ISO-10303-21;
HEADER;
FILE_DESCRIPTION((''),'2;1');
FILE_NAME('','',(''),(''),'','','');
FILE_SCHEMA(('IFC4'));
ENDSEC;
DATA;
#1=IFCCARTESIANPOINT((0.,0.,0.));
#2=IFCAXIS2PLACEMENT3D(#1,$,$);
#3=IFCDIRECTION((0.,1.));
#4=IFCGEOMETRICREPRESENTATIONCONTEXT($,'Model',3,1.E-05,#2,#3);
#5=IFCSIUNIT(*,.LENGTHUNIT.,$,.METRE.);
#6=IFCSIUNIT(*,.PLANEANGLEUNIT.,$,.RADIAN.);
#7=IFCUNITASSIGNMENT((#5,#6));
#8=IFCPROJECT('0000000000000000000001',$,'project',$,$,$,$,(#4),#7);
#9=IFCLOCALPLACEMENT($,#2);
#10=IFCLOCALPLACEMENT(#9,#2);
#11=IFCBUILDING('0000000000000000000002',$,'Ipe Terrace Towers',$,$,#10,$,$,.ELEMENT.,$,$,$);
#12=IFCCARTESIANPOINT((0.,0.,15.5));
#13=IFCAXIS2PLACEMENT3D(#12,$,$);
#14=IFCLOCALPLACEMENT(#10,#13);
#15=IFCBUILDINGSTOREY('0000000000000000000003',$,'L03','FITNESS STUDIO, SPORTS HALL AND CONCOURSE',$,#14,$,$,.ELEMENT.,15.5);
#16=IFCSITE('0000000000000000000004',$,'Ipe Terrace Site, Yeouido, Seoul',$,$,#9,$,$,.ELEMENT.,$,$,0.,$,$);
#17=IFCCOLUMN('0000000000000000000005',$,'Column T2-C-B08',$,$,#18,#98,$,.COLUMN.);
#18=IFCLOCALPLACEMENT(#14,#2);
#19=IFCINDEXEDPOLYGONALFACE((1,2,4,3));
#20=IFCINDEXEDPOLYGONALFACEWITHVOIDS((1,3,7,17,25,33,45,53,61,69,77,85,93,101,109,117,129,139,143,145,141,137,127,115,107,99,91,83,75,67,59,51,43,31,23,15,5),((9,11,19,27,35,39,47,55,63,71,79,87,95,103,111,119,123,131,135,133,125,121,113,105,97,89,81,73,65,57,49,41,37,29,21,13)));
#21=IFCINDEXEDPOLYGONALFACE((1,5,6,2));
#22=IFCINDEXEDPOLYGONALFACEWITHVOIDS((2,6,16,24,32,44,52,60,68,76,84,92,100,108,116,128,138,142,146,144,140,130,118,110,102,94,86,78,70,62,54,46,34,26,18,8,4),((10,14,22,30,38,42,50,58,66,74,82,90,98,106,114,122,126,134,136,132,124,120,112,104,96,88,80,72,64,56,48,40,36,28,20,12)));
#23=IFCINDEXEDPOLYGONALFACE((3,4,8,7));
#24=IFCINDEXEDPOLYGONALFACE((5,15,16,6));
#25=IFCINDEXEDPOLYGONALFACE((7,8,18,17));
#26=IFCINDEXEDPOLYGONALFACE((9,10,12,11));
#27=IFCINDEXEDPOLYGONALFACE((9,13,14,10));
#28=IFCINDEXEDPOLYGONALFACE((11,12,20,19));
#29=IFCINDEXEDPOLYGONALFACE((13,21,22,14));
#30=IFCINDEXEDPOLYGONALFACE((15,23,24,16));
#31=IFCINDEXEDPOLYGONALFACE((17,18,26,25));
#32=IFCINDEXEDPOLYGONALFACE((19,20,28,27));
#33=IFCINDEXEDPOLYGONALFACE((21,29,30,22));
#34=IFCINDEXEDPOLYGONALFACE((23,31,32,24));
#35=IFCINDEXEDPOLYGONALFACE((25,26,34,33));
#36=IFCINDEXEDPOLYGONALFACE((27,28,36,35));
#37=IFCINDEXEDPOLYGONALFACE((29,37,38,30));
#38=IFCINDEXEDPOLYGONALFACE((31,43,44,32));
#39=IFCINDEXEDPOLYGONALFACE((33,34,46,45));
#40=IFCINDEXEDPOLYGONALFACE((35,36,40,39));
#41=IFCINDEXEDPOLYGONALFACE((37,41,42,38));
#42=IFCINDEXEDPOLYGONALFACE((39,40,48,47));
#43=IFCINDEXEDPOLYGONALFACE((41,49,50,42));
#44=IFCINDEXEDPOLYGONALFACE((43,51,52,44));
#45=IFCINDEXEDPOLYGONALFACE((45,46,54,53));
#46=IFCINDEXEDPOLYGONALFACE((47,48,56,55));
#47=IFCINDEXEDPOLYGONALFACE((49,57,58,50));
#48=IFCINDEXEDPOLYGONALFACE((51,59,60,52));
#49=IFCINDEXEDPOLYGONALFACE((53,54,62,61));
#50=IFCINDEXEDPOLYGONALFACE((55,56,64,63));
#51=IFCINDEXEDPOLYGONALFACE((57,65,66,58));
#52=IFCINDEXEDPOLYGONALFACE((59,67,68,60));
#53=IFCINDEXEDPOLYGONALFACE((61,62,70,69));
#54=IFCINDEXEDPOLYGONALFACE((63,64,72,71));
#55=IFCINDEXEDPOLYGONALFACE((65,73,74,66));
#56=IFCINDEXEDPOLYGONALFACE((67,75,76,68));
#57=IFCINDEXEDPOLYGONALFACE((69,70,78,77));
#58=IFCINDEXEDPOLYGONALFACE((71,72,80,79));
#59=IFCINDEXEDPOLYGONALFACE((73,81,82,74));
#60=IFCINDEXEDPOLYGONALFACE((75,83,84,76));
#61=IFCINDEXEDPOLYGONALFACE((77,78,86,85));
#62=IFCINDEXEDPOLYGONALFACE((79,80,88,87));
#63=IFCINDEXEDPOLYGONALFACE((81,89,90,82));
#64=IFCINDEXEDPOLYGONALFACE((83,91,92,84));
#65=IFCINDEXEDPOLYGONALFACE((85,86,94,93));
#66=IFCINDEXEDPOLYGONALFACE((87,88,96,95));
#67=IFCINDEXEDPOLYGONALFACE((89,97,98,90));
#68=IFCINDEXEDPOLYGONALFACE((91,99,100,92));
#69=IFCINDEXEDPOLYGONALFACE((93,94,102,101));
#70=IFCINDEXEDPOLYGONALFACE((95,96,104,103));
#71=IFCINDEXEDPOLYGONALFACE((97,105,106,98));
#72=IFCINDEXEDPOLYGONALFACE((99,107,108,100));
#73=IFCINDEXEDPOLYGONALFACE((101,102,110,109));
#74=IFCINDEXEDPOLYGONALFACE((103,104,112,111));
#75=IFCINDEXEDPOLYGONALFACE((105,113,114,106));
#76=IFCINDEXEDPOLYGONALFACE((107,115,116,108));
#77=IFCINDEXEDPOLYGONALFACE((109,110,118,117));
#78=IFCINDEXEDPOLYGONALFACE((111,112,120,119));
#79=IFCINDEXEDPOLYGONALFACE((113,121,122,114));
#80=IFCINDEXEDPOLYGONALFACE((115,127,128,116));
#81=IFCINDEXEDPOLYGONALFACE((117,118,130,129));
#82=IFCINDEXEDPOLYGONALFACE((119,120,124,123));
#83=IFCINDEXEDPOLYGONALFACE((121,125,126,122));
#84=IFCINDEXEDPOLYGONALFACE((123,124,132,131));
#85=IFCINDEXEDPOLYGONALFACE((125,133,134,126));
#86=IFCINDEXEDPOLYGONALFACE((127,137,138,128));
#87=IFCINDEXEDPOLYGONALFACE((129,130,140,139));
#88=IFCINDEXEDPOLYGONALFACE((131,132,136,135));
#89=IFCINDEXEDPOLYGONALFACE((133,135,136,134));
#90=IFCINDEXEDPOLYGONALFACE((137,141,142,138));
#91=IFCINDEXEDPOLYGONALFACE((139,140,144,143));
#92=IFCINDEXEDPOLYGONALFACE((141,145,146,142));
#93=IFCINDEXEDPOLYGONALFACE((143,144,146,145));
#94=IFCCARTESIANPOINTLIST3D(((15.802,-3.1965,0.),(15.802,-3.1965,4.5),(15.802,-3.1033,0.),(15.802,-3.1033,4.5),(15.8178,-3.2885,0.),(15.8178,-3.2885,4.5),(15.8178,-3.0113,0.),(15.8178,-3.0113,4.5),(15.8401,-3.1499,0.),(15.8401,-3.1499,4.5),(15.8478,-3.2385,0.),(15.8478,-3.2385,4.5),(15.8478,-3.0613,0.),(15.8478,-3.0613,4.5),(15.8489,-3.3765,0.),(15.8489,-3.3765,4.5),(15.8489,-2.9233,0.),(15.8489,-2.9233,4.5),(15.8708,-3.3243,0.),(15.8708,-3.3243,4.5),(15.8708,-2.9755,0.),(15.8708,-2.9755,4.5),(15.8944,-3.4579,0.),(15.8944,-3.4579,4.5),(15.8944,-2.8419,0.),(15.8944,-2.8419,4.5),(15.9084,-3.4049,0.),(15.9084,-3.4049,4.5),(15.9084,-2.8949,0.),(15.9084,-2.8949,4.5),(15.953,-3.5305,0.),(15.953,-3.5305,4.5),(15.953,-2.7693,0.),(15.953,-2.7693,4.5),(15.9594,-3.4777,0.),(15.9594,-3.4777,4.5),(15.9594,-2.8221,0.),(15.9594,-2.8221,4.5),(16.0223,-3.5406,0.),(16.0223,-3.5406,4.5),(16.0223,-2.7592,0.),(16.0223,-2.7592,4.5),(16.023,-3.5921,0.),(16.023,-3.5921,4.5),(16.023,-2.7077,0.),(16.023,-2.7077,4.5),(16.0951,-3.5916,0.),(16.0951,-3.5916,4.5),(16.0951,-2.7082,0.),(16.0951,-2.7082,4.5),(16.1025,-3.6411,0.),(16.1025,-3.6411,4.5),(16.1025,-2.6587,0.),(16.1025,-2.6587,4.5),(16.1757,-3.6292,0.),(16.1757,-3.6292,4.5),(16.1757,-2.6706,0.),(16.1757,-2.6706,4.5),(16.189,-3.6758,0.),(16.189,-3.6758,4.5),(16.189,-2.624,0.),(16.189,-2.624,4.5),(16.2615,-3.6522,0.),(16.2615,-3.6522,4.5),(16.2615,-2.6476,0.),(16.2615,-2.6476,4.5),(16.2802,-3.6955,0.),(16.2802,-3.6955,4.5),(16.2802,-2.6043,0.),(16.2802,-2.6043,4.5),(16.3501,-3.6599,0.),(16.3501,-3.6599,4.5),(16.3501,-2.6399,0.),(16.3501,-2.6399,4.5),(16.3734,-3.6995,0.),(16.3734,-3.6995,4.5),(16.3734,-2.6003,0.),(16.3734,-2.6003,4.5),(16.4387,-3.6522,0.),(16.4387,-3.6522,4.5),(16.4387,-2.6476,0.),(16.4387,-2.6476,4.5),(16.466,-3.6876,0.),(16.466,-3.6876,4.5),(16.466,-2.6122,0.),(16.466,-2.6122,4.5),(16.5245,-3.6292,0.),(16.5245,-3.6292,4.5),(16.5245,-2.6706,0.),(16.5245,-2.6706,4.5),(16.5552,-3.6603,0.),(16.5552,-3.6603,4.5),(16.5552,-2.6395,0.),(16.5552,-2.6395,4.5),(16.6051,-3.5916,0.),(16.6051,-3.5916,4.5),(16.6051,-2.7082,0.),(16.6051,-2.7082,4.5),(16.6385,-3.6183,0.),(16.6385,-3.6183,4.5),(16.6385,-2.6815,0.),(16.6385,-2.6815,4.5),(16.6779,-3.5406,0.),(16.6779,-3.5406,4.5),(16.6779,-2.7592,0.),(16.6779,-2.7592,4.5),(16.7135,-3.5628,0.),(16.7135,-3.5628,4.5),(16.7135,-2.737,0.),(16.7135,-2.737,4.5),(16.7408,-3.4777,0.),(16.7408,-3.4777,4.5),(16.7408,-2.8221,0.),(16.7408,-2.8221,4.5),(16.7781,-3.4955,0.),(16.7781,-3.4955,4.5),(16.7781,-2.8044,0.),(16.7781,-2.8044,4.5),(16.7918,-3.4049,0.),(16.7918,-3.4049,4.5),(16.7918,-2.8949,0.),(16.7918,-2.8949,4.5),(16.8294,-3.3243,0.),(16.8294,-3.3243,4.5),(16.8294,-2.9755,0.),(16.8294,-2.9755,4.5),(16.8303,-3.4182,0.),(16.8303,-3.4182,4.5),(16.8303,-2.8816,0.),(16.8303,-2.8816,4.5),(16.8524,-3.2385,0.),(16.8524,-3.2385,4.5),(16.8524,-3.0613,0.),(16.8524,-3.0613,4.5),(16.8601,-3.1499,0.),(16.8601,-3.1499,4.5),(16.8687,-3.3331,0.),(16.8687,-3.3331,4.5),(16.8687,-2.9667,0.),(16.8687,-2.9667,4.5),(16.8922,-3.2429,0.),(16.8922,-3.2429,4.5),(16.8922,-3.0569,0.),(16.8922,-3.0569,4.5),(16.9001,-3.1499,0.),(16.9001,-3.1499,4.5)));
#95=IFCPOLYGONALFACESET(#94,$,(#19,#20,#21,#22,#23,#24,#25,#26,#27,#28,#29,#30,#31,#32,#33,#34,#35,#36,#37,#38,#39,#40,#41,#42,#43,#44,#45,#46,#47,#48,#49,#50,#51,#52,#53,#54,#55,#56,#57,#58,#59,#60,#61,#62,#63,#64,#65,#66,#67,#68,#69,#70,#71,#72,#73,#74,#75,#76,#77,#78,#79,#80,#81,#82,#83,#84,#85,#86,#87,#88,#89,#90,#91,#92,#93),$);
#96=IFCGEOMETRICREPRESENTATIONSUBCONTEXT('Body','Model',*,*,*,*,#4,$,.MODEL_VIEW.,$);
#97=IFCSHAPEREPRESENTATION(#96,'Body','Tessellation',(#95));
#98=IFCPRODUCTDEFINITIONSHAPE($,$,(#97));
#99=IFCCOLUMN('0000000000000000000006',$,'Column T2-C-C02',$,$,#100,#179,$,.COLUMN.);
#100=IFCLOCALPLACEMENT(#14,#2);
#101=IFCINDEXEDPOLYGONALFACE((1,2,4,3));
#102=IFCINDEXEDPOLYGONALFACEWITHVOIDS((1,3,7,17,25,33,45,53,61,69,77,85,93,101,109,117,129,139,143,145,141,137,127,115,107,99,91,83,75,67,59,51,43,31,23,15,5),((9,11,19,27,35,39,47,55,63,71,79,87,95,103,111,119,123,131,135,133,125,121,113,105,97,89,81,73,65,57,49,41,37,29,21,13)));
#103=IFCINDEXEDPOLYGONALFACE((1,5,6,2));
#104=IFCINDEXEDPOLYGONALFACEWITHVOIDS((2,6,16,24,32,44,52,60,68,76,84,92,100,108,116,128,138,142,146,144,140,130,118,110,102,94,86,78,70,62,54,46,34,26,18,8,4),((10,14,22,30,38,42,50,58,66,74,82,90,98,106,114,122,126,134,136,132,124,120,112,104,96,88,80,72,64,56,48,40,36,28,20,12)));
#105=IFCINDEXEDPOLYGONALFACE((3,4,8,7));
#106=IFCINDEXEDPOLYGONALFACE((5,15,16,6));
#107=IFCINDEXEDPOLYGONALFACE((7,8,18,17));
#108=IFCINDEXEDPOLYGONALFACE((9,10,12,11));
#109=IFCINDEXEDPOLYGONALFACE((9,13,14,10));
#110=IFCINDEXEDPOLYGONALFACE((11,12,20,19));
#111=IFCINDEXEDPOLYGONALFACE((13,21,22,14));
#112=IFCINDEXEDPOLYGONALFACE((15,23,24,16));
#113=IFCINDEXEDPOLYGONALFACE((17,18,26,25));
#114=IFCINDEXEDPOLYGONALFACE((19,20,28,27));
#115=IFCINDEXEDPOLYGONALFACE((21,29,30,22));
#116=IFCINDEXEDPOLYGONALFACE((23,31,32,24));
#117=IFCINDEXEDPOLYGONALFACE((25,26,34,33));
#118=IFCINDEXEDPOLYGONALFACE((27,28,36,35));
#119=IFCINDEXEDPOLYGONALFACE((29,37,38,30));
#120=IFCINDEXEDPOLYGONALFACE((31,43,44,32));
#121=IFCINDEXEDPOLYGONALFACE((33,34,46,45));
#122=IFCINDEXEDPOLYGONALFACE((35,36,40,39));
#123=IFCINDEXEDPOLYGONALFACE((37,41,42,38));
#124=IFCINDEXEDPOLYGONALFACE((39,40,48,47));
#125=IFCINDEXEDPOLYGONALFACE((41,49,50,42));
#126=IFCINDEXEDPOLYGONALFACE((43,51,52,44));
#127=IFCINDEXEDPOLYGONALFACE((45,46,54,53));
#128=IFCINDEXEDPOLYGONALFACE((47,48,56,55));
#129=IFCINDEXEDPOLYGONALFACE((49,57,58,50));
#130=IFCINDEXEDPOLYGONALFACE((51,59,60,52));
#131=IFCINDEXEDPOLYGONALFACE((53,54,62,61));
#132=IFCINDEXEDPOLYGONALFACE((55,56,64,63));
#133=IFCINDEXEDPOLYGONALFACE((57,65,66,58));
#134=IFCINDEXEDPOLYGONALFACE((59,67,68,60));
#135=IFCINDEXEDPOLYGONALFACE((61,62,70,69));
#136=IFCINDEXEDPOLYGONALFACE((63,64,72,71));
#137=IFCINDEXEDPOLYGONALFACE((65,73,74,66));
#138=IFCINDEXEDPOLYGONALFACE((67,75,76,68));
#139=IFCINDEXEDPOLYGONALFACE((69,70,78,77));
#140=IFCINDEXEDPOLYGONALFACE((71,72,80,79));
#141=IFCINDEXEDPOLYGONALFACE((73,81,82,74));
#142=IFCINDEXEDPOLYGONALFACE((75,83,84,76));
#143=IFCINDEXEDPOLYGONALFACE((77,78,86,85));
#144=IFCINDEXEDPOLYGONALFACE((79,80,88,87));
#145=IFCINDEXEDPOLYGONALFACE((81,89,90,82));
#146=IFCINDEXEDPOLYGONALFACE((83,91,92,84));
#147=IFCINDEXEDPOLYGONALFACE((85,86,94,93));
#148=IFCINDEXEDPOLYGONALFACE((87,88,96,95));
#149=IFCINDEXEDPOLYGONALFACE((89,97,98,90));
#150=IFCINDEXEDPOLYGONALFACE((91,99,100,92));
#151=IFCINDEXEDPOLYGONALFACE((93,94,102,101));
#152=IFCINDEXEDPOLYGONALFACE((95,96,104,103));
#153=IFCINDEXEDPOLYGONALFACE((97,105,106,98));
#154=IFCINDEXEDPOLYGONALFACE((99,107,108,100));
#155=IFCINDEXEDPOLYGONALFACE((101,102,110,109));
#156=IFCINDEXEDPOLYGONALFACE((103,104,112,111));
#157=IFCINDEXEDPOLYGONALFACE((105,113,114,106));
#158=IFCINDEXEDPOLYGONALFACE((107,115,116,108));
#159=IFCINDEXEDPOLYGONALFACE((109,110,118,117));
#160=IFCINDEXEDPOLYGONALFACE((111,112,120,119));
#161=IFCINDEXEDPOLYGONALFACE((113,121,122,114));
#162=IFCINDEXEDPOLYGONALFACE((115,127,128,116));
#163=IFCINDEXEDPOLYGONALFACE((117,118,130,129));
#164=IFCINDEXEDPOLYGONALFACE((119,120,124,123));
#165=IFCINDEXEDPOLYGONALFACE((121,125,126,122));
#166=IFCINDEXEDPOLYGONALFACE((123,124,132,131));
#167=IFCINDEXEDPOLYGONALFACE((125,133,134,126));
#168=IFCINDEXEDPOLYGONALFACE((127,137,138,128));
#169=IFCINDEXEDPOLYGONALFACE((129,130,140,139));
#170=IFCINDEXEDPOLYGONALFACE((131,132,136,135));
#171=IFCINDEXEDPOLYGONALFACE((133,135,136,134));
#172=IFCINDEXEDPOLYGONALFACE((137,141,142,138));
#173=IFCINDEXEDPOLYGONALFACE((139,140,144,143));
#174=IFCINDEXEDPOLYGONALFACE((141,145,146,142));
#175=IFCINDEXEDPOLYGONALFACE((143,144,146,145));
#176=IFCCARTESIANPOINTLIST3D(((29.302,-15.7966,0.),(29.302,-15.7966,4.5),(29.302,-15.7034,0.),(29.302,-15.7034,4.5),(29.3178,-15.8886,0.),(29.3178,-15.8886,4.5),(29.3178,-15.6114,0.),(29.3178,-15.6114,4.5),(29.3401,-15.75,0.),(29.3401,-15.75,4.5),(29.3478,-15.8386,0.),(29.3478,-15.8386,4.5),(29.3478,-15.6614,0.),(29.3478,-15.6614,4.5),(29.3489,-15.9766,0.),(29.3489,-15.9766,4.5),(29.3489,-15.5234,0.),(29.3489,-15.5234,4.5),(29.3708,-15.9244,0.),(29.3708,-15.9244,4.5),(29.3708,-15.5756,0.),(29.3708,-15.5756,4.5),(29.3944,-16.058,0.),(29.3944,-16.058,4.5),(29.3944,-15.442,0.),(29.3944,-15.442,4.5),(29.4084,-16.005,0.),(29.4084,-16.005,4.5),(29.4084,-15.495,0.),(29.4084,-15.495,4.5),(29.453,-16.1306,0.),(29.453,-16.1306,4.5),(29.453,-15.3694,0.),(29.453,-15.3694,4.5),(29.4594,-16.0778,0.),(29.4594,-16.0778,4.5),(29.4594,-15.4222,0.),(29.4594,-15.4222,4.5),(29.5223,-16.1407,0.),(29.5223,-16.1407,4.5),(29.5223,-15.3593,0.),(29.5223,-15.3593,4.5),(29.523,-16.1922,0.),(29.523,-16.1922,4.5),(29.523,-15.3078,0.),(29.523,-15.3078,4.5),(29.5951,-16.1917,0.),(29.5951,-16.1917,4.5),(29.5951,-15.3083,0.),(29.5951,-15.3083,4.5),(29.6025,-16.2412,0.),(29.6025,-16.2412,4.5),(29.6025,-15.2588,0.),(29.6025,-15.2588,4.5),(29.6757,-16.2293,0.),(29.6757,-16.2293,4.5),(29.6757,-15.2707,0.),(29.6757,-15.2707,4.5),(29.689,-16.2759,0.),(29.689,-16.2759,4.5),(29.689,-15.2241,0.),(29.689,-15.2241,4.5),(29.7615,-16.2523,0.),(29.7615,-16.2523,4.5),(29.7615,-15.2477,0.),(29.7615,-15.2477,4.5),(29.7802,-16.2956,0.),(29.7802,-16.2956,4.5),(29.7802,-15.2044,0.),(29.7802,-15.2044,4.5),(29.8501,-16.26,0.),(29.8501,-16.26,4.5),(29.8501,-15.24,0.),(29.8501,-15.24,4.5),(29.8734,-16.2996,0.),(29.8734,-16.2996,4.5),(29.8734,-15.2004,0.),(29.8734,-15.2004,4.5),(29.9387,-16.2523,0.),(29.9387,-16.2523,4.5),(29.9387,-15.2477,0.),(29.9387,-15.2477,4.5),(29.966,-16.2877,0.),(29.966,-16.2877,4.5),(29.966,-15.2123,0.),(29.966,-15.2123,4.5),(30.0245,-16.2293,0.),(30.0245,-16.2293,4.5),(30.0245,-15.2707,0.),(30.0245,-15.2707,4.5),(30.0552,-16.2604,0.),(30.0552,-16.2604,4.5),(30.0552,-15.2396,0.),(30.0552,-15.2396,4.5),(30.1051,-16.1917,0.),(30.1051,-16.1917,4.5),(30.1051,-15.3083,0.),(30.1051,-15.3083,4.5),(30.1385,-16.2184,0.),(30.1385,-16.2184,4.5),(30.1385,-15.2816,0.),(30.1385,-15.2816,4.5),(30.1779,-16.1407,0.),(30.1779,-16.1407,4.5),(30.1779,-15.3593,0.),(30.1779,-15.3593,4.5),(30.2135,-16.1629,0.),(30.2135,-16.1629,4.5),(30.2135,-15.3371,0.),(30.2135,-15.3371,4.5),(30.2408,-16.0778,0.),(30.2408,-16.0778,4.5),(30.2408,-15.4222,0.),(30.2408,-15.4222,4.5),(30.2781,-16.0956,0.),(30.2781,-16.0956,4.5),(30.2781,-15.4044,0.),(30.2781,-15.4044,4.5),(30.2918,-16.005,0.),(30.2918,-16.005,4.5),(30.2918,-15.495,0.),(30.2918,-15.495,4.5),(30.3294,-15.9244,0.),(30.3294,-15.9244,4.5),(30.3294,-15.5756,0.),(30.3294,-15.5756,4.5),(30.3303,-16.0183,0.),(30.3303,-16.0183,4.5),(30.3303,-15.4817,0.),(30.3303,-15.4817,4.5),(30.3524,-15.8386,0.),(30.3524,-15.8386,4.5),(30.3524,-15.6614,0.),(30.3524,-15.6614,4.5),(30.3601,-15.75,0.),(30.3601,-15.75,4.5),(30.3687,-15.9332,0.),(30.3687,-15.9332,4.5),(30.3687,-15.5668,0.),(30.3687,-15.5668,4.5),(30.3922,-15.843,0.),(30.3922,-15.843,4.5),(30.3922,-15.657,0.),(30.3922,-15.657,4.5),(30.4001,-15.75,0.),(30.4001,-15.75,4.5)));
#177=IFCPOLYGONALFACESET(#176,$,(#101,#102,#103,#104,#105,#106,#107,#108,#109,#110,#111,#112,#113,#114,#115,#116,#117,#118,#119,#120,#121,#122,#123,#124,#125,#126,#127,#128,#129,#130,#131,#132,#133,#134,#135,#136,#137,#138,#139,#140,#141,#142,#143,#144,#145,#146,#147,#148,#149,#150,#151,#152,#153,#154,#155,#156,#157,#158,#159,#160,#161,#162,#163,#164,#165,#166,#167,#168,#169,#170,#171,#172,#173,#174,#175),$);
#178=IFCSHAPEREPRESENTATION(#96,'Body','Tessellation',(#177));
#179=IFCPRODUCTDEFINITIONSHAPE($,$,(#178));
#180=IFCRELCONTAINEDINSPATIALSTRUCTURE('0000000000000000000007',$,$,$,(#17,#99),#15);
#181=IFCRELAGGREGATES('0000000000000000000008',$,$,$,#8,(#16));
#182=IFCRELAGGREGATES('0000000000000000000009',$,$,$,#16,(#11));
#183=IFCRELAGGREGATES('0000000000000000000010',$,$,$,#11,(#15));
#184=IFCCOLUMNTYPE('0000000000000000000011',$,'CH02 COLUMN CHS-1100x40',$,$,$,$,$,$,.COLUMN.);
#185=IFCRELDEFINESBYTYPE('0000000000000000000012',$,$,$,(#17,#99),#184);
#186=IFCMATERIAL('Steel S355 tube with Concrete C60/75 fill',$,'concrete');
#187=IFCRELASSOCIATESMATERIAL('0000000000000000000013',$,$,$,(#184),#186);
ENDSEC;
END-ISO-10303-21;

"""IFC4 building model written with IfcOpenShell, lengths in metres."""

from ifc_helpers import new_model, si_unit, direction, frame, origin, origin_2d, place, context, subcontext, project, spatial, hollow_circle, extrude, material, material_profile, profile_set, type_object, element, save


model = new_model("IFC4")

# Units and contexts
model_context = context("Model", 3, precision=1e-05, world=origin(), true_north=direction((0.0, 1.0)))
body_context = subcontext(model_context, "Body", "Model", "MODEL_VIEW")
ifc_project = project(units=[si_unit("LENGTHUNIT", "METRE"), si_unit("PLANEANGLEUNIT", "RADIAN")], contexts=[model_context])

# Site, building, storey
site_placement = place(None, origin())
site = spatial("IfcSite", under=ifc_project, at=site_placement, Name="Ipe Terrace Site, Yeouido, Seoul", CompositionType="ELEMENT", RefElevation=0.0)
building_placement = place(site_placement, origin())
building = spatial("IfcBuilding", under=site, at=building_placement, Name="Ipe Terrace Towers", CompositionType="ELEMENT")
storey_placement = place(building_placement, frame((0.0, 0.0, 15.5)))
storey = spatial("IfcBuildingStorey", under=building, at=storey_placement, Name="L03", Description="FITNESS STUDIO, SPORTS HALL AND CONCOURSE", CompositionType="ELEMENT", Elevation=15.5)

# Columns
ifc_material_1 = material(Name="Steel S355 tube with Concrete C60/75 fill", Category="concrete")
ifc_material_profile_1 = material_profile(ifc_material_1, hollow_circle(Radius=0.55, WallThickness=0.04, at=origin_2d()), Name="CHS-1100x40")
ifc_profile_set_1 = profile_set([ifc_material_profile_1], Name="Steel S355 tube with Concrete C60/75 fill")
column_type_1 = type_object("IfcColumnType", Name="CH02 COLUMN CHS-1100x40", PredefinedType="COLUMN", material=ifc_profile_set_1)
for number, where, z_axis, x_axis, name in (
    (1, (16.3501, -3.1499, 0.0), (0.0, 0.0, 1.0), (1.0, 0.0, 0.0), "Column T2-C-B08"),
    (2, (29.8501, -15.75, 0.0), (0.0, 0.0, 1.0), (1.0, 0.0, 0.0), "Column T2-C-C02"),
):
    element("IfcColumn", number, at=place(storey_placement, frame(where, z_axis=z_axis, x_axis=x_axis)), inside=storey, type_object=column_type_1, Name=name, PredefinedType="COLUMN", context=body_context, shape_type="SweptSolid", body=[
        extrude(hollow_circle(Radius=0.55, WallThickness=0.04, at=origin_2d()), origin(), (0.0, 0.0, 1.0), 4.5),
    ])

save(model, "model.ifc")
